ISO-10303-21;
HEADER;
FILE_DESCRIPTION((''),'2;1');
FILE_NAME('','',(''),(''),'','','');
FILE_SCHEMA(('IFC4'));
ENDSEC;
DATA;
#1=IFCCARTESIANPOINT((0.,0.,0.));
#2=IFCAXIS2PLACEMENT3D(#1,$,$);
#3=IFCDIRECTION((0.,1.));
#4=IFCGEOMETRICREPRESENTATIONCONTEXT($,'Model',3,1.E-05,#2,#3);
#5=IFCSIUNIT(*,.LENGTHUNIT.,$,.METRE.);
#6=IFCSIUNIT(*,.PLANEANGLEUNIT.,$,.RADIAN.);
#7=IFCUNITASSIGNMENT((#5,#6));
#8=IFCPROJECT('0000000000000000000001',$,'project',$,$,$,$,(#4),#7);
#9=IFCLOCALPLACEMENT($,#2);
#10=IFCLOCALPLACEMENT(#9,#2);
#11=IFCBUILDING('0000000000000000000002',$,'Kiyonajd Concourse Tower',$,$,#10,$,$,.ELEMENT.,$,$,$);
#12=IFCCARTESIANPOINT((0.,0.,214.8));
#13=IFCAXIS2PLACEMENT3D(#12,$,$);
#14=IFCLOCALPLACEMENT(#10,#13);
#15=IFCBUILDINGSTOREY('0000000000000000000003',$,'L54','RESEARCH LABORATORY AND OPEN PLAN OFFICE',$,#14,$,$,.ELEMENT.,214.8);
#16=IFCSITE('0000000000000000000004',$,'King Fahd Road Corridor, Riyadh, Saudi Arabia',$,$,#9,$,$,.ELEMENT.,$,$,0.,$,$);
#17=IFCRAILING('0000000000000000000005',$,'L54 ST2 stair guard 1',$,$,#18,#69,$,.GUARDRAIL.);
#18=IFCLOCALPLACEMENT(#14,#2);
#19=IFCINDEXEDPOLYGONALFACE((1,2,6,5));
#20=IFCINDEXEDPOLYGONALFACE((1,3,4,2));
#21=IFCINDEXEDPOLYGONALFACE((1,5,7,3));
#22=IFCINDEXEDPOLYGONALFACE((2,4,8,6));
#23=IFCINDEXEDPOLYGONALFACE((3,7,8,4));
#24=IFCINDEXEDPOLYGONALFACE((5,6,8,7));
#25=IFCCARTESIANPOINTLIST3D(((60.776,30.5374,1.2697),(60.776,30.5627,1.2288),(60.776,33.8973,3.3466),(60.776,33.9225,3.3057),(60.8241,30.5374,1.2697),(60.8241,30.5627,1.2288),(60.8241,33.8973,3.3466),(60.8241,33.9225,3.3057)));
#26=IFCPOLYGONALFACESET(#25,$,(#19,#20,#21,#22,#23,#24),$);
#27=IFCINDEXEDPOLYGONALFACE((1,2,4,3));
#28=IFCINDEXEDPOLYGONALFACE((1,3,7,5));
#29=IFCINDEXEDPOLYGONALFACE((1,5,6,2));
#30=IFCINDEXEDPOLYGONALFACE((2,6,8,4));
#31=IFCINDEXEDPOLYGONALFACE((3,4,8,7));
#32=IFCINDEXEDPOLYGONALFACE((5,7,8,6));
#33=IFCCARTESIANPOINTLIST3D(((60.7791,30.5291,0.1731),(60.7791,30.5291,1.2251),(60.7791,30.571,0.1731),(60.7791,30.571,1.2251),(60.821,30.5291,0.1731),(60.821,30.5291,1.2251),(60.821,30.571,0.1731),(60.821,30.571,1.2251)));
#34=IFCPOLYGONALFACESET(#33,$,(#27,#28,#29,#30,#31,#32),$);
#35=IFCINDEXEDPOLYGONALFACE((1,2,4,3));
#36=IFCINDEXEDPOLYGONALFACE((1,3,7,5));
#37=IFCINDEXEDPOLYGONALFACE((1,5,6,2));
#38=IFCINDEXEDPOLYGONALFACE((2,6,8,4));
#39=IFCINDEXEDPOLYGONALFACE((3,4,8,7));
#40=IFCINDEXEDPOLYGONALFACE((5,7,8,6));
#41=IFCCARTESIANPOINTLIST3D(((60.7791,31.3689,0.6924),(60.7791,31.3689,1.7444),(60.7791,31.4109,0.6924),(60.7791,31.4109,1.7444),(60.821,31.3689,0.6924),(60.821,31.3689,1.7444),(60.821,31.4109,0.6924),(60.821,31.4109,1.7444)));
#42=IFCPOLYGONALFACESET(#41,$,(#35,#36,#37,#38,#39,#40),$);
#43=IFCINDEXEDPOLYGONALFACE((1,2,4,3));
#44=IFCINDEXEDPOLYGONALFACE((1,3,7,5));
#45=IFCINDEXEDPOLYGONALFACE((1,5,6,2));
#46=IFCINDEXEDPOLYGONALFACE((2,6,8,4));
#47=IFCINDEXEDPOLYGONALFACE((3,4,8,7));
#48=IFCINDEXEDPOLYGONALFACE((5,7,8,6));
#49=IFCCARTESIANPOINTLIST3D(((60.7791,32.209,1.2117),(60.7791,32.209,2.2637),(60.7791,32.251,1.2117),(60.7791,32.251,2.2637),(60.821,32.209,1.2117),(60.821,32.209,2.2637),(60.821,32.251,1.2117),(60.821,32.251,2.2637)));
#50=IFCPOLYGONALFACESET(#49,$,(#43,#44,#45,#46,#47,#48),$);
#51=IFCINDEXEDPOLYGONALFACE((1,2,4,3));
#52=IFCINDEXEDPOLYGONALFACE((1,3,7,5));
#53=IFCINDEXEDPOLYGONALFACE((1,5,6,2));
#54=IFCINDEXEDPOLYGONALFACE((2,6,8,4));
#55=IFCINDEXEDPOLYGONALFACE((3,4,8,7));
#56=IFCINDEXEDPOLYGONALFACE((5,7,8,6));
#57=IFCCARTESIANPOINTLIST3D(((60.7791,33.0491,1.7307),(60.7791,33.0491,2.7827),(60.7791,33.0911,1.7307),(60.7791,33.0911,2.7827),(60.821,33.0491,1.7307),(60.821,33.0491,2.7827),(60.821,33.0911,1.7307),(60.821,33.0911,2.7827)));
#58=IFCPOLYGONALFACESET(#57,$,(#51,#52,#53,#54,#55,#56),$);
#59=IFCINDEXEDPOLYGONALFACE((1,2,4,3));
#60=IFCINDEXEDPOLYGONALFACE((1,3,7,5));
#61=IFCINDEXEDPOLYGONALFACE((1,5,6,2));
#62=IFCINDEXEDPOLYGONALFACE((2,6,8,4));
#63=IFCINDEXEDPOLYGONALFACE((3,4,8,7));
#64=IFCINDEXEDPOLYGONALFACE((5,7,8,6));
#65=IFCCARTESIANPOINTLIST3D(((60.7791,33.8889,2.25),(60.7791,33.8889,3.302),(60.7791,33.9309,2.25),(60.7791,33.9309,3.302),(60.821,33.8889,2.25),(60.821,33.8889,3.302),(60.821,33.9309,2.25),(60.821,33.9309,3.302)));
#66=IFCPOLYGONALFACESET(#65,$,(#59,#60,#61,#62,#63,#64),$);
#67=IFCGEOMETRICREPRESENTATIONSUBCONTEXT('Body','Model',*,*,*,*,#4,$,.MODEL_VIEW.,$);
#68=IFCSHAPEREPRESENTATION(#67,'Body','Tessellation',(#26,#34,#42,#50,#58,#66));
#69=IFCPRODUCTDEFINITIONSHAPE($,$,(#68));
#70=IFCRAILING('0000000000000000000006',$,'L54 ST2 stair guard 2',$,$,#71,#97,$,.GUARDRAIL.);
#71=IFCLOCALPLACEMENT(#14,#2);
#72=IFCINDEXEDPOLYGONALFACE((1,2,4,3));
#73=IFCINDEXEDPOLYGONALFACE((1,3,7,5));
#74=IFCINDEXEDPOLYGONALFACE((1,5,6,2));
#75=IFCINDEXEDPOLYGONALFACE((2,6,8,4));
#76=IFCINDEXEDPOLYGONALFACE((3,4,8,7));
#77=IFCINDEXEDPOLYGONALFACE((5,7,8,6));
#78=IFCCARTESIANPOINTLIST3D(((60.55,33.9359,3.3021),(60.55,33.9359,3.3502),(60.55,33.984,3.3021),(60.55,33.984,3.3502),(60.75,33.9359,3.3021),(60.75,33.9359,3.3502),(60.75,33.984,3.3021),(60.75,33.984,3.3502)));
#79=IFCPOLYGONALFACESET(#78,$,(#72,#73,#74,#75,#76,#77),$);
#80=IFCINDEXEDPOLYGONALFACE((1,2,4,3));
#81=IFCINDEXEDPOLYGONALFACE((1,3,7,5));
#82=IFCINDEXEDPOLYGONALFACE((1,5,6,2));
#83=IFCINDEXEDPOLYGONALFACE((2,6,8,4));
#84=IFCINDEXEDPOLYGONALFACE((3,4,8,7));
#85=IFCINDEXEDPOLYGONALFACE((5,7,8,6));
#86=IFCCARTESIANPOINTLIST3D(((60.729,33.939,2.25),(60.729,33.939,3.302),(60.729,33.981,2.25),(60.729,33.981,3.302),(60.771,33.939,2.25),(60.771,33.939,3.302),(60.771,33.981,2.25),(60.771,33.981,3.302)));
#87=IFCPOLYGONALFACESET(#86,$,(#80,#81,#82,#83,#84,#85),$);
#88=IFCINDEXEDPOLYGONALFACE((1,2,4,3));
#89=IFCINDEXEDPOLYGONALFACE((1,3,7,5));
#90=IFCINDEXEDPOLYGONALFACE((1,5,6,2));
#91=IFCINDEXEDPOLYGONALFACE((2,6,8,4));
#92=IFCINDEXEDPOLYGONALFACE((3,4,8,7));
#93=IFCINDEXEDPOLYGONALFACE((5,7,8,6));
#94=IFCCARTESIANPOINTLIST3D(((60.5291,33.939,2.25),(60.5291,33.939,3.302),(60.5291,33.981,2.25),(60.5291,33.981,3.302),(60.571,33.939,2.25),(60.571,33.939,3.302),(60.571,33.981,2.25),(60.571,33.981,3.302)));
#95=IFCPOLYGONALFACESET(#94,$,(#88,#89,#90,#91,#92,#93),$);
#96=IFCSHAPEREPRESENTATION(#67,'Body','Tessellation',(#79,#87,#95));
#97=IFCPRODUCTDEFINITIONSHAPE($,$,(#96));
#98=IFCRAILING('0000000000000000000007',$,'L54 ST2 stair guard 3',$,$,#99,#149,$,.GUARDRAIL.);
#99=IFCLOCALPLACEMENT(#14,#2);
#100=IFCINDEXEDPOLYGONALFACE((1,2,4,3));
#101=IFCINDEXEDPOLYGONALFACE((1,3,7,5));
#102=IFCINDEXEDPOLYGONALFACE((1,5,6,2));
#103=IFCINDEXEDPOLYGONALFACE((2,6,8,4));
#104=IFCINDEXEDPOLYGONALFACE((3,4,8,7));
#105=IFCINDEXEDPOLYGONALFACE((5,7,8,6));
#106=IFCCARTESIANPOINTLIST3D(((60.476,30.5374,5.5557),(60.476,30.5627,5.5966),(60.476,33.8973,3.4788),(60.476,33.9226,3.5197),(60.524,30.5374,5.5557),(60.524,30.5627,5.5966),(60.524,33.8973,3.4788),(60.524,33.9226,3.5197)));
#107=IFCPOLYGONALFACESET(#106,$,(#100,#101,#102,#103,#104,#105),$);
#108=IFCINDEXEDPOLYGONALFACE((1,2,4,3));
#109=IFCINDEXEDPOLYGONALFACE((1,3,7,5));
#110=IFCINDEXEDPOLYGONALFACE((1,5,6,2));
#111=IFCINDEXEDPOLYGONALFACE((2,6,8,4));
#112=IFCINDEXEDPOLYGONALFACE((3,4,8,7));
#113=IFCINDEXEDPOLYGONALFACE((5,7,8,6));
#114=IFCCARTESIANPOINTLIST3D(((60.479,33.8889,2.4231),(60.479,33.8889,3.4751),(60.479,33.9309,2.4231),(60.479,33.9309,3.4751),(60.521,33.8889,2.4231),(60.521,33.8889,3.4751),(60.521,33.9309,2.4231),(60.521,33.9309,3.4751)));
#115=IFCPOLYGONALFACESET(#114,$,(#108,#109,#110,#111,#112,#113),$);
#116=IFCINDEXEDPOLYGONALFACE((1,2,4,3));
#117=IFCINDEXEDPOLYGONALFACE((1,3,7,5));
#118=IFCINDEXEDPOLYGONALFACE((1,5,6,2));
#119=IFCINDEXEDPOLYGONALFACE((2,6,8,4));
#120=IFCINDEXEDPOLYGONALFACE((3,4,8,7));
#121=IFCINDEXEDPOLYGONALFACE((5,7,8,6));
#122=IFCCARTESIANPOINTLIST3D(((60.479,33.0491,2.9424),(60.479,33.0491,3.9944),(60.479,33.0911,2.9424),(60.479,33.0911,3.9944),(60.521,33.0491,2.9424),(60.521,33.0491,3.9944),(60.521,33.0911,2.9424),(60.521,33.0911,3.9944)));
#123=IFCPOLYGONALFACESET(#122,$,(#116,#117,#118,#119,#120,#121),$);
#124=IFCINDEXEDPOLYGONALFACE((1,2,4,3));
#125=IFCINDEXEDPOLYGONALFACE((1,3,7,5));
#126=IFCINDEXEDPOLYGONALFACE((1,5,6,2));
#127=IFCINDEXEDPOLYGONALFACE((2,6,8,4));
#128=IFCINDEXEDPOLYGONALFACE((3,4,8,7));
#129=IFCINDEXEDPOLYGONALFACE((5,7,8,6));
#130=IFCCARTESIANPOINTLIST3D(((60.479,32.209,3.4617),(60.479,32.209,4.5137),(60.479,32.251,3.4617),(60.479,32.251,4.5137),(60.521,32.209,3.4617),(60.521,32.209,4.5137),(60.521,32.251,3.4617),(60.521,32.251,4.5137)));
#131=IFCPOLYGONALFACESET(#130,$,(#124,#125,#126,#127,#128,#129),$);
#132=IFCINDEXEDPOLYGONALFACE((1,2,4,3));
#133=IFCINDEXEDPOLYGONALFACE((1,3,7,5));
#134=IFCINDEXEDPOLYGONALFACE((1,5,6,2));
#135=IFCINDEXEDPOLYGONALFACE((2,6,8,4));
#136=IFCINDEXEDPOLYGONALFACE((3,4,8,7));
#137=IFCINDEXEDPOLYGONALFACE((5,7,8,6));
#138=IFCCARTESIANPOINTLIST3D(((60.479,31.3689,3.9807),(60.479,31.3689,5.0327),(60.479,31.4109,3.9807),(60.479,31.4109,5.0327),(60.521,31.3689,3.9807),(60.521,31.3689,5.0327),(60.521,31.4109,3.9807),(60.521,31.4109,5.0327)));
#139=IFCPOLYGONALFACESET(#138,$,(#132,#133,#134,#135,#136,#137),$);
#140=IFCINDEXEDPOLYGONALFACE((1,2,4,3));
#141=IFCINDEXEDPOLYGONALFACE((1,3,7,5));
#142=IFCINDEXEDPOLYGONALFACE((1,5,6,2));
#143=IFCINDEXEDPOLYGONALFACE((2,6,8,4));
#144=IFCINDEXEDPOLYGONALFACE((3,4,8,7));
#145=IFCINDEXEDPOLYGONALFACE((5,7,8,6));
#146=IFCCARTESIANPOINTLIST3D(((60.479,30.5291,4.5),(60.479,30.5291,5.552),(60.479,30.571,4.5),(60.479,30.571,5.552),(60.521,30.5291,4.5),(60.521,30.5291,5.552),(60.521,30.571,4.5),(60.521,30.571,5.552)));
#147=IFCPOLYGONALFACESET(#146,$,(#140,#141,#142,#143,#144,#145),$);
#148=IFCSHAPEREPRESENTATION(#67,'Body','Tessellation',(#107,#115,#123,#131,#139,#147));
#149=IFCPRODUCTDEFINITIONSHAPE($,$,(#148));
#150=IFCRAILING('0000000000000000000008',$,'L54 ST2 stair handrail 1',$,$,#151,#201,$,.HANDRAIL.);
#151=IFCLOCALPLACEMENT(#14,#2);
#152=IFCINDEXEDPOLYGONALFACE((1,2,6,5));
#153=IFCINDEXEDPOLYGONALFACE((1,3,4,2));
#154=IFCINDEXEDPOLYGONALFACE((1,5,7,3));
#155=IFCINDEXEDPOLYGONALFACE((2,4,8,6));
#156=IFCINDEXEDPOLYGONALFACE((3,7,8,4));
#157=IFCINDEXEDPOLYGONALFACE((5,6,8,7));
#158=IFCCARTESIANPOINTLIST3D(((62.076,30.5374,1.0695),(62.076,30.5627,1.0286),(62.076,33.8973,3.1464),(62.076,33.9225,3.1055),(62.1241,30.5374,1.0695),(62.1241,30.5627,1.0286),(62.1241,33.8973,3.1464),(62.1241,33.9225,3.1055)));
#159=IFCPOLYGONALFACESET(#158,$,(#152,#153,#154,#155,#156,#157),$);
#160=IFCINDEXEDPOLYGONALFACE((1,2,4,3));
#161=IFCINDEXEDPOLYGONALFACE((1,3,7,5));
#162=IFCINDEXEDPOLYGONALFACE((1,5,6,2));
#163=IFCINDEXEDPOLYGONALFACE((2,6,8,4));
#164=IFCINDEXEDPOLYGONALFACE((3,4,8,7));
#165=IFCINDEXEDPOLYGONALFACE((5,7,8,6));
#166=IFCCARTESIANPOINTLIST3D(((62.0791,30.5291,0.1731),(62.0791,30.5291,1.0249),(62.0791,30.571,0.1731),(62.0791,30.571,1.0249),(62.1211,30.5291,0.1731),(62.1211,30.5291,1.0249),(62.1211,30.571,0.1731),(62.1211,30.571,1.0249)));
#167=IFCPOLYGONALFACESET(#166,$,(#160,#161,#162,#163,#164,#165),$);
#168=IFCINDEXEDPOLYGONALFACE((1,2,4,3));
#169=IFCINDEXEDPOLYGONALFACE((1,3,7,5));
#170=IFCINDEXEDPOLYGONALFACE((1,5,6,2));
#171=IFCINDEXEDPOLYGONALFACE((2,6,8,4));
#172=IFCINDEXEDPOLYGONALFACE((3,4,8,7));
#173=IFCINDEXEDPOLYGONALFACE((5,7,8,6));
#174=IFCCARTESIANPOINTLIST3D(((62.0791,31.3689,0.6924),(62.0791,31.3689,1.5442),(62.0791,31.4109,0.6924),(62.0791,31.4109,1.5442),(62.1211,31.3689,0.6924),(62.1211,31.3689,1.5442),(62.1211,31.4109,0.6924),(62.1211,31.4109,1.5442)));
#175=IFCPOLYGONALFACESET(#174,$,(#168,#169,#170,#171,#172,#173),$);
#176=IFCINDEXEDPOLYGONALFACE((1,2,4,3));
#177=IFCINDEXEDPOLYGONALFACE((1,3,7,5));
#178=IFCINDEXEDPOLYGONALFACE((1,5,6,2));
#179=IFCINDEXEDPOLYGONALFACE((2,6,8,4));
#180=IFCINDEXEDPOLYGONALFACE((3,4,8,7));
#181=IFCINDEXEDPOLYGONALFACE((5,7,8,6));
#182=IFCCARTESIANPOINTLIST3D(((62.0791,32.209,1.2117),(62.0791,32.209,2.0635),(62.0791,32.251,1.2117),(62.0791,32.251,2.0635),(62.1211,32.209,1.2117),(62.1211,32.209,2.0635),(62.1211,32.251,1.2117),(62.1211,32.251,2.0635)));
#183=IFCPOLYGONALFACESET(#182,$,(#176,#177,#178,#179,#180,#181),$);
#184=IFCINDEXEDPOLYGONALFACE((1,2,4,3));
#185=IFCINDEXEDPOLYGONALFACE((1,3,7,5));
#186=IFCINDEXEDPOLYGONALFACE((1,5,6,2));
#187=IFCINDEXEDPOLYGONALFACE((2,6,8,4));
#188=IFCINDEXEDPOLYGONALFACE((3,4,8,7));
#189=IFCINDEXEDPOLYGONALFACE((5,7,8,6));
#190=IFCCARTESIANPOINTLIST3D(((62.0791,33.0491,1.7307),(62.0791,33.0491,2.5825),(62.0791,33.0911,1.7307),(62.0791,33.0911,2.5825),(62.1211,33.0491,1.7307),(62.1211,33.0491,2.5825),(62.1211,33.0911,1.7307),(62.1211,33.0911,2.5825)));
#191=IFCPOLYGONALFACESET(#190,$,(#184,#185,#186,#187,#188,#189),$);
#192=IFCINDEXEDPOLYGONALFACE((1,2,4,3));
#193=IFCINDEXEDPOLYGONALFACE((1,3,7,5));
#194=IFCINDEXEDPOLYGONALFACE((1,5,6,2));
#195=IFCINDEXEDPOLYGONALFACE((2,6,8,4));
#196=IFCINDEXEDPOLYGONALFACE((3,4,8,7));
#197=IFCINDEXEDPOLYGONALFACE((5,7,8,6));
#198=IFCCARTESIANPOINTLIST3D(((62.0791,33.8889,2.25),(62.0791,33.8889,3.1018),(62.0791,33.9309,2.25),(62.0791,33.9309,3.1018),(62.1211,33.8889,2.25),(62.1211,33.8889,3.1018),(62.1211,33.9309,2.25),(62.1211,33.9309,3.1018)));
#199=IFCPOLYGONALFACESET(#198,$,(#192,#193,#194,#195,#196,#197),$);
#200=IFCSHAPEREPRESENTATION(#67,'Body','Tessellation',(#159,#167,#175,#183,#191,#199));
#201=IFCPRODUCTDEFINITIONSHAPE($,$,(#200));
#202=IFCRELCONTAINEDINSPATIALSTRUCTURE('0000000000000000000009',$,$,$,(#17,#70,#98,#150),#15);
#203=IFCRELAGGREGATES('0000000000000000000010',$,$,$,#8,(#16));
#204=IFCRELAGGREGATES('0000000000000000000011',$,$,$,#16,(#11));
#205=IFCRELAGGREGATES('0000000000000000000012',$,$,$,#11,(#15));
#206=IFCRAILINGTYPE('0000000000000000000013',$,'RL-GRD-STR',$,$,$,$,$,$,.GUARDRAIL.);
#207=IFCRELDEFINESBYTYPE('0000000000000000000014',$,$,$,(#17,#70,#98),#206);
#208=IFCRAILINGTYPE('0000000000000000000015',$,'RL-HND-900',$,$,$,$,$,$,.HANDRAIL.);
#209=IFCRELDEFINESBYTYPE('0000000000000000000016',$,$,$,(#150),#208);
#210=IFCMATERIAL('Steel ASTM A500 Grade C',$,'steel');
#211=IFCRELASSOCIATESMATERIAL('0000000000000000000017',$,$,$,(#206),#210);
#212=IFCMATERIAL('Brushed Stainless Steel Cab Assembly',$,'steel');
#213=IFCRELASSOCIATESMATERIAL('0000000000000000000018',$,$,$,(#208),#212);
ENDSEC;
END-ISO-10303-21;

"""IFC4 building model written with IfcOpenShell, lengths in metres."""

from ifc_helpers import new_model, si_unit, direction, frame, origin, origin_2d, place, context, subcontext, project, spatial, rectangle, extrude, material, type_object, element, save


model = new_model("IFC4")

# Units and contexts
model_context = context("Model", 3, precision=1e-05, world=origin(), true_north=direction((0.0, 1.0)))
body_context = subcontext(model_context, "Body", "Model", "MODEL_VIEW")
ifc_project = project(units=[si_unit("LENGTHUNIT", "METRE"), si_unit("PLANEANGLEUNIT", "RADIAN")], contexts=[model_context])

# Site, building, storey
site_placement = place(None, origin())
site = spatial("IfcSite", under=ifc_project, at=site_placement, Name="King Fahd Road Corridor, Riyadh, Saudi Arabia", CompositionType="ELEMENT", RefElevation=0.0)
building_placement = place(site_placement, origin())
building = spatial("IfcBuilding", under=site, at=building_placement, Name="Kiyonajd Concourse Tower", CompositionType="ELEMENT")
storey_placement = place(building_placement, frame((0.0, 0.0, 214.8)))
storey = spatial("IfcBuildingStorey", under=building, at=storey_placement, Name="L54", Description="RESEARCH LABORATORY AND OPEN PLAN OFFICE", CompositionType="ELEMENT", Elevation=214.8)

# Shared definitions
ifc_material_1 = material(Name="Brushed Stainless Steel Cab Assembly", Category="steel")

# Railings
ifc_material_2 = material(Name="Steel ASTM A500 Grade C", Category="steel")
railing_type_1 = type_object("IfcRailingType", Name="RL-GRD-STR", PredefinedType="GUARDRAIL", material=ifc_material_2)
railing_1_placement = place(storey_placement, frame((60.8, 30.55, 0.1731)))
element("IfcRailing", 1, at=railing_1_placement, inside=storey, type_object=railing_type_1, Name="L54 ST2 stair guard 1", PredefinedType="GUARDRAIL", context=body_context, shape_type="SweptSolid", body=[
    extrude(rectangle(XDim=0.0481, YDim=0.0481, at=origin_2d()), frame((0.0, 0.0, 1.0762), z_axis=(0.0, 0.850606, 0.525803), x_axis=(-1.0, 0.0, 0.0)), (0.0, 0.0, 1.0), 3.95),
    extrude(rectangle(XDim=0.042, YDim=0.042, at=origin_2d()), origin(), (0.0, 0.0, 1.0), 1.052),
    extrude(rectangle(XDim=0.042, YDim=0.042, at=origin_2d()), frame((0.0, 0.8398, 0.5193)), (0.0, 0.0, 1.0), 1.052),
    extrude(rectangle(XDim=0.042, YDim=0.042, at=origin_2d()), frame((0.0, 1.6799, 1.0386)), (0.0, 0.0, 1.0), 1.052),
    extrude(rectangle(XDim=0.042, YDim=0.042, at=origin_2d()), frame((0.0, 2.52, 1.5576)), (0.0, 0.0, 1.0), 1.052),
    extrude(rectangle(XDim=0.042, YDim=0.042, at=origin_2d()), frame((0.0, 3.3599, 2.0769)), (0.0, 0.0, 1.0), 1.052),
])
railing_2_placement = place(storey_placement, frame((60.75, 33.96, 2.25)))
element("IfcRailing", 2, at=railing_2_placement, inside=storey, type_object=railing_type_1, Name="L54 ST2 stair guard 2", PredefinedType="GUARDRAIL", context=body_context, shape_type="SweptSolid", body=[
    extrude(rectangle(XDim=0.0481, YDim=0.0481, at=origin_2d()), frame((0.0, 0.0, 1.0762), z_axis=(-1.0, 0.0, 0.0), x_axis=(0.0, -1.0, 0.0)), (0.0, 0.0, 1.0), 0.2),
    extrude(rectangle(XDim=0.042, YDim=0.042, at=origin_2d()), origin(), (0.0, 0.0, 1.0), 1.052),
    extrude(rectangle(XDim=0.042, YDim=0.042, at=origin_2d()), frame((-0.2, 0.0, 0.0)), (0.0, 0.0, 1.0), 1.052),
])
railing_3_placement = place(storey_placement, frame((60.5, 33.9099, 2.4231)))
element("IfcRailing", 3, at=railing_3_placement, inside=storey, type_object=railing_type_1, Name="L54 ST2 stair guard 3", PredefinedType="GUARDRAIL", context=body_context, shape_type="SweptSolid", body=[
    extrude(rectangle(XDim=0.0481, YDim=0.0481, at=origin_2d()), frame((0.0, 0.0, 1.0762), z_axis=(0.0, -0.850606, 0.525803), x_axis=(1.0, 0.0, 0.0)), (0.0, 0.0, 1.0), 3.95),
    extrude(rectangle(XDim=0.042, YDim=0.042, at=origin_2d()), origin(), (0.0, 0.0, 1.0), 1.052),
    extrude(rectangle(XDim=0.042, YDim=0.042, at=origin_2d()), frame((0.0, -0.8398, 0.5193)), (0.0, 0.0, 1.0), 1.052),
    extrude(rectangle(XDim=0.042, YDim=0.042, at=origin_2d()), frame((0.0, -1.6799, 1.0386)), (0.0, 0.0, 1.0), 1.052),
    extrude(rectangle(XDim=0.042, YDim=0.042, at=origin_2d()), frame((0.0, -2.52, 1.5576)), (0.0, 0.0, 1.0), 1.052),
    extrude(rectangle(XDim=0.042, YDim=0.042, at=origin_2d()), frame((0.0, -3.3599, 2.0769)), (0.0, 0.0, 1.0), 1.052),
])
railing_type_2 = type_object("IfcRailingType", Name="RL-HND-900", PredefinedType="HANDRAIL", material=ifc_material_1)
railing_4_placement = place(storey_placement, frame((62.1001, 30.55, 0.1731)))
element("IfcRailing", 4, at=railing_4_placement, inside=storey, type_object=railing_type_2, Name="L54 ST2 stair handrail 1", PredefinedType="HANDRAIL", context=body_context, shape_type="SweptSolid", body=[
    extrude(rectangle(XDim=0.0481, YDim=0.0481, at=origin_2d()), frame((0.0, 0.0, 0.876), z_axis=(0.0, 0.850606, 0.525803), x_axis=(-1.0, 0.0, 0.0)), (0.0, 0.0, 1.0), 3.95),
    extrude(rectangle(XDim=0.042, YDim=0.042, at=origin_2d()), origin(), (0.0, 0.0, 1.0), 0.8518),
    extrude(rectangle(XDim=0.042, YDim=0.042, at=origin_2d()), frame((0.0, 0.8398, 0.5193)), (0.0, 0.0, 1.0), 0.8518),
    extrude(rectangle(XDim=0.042, YDim=0.042, at=origin_2d()), frame((0.0, 1.6799, 1.0386)), (0.0, 0.0, 1.0), 0.8518),
    extrude(rectangle(XDim=0.042, YDim=0.042, at=origin_2d()), frame((0.0, 2.52, 1.5576)), (0.0, 0.0, 1.0), 0.8518),
    extrude(rectangle(XDim=0.042, YDim=0.042, at=origin_2d()), frame((0.0, 3.3599, 2.0769)), (0.0, 0.0, 1.0), 0.8518),
])

save(model, "model.ifc")
